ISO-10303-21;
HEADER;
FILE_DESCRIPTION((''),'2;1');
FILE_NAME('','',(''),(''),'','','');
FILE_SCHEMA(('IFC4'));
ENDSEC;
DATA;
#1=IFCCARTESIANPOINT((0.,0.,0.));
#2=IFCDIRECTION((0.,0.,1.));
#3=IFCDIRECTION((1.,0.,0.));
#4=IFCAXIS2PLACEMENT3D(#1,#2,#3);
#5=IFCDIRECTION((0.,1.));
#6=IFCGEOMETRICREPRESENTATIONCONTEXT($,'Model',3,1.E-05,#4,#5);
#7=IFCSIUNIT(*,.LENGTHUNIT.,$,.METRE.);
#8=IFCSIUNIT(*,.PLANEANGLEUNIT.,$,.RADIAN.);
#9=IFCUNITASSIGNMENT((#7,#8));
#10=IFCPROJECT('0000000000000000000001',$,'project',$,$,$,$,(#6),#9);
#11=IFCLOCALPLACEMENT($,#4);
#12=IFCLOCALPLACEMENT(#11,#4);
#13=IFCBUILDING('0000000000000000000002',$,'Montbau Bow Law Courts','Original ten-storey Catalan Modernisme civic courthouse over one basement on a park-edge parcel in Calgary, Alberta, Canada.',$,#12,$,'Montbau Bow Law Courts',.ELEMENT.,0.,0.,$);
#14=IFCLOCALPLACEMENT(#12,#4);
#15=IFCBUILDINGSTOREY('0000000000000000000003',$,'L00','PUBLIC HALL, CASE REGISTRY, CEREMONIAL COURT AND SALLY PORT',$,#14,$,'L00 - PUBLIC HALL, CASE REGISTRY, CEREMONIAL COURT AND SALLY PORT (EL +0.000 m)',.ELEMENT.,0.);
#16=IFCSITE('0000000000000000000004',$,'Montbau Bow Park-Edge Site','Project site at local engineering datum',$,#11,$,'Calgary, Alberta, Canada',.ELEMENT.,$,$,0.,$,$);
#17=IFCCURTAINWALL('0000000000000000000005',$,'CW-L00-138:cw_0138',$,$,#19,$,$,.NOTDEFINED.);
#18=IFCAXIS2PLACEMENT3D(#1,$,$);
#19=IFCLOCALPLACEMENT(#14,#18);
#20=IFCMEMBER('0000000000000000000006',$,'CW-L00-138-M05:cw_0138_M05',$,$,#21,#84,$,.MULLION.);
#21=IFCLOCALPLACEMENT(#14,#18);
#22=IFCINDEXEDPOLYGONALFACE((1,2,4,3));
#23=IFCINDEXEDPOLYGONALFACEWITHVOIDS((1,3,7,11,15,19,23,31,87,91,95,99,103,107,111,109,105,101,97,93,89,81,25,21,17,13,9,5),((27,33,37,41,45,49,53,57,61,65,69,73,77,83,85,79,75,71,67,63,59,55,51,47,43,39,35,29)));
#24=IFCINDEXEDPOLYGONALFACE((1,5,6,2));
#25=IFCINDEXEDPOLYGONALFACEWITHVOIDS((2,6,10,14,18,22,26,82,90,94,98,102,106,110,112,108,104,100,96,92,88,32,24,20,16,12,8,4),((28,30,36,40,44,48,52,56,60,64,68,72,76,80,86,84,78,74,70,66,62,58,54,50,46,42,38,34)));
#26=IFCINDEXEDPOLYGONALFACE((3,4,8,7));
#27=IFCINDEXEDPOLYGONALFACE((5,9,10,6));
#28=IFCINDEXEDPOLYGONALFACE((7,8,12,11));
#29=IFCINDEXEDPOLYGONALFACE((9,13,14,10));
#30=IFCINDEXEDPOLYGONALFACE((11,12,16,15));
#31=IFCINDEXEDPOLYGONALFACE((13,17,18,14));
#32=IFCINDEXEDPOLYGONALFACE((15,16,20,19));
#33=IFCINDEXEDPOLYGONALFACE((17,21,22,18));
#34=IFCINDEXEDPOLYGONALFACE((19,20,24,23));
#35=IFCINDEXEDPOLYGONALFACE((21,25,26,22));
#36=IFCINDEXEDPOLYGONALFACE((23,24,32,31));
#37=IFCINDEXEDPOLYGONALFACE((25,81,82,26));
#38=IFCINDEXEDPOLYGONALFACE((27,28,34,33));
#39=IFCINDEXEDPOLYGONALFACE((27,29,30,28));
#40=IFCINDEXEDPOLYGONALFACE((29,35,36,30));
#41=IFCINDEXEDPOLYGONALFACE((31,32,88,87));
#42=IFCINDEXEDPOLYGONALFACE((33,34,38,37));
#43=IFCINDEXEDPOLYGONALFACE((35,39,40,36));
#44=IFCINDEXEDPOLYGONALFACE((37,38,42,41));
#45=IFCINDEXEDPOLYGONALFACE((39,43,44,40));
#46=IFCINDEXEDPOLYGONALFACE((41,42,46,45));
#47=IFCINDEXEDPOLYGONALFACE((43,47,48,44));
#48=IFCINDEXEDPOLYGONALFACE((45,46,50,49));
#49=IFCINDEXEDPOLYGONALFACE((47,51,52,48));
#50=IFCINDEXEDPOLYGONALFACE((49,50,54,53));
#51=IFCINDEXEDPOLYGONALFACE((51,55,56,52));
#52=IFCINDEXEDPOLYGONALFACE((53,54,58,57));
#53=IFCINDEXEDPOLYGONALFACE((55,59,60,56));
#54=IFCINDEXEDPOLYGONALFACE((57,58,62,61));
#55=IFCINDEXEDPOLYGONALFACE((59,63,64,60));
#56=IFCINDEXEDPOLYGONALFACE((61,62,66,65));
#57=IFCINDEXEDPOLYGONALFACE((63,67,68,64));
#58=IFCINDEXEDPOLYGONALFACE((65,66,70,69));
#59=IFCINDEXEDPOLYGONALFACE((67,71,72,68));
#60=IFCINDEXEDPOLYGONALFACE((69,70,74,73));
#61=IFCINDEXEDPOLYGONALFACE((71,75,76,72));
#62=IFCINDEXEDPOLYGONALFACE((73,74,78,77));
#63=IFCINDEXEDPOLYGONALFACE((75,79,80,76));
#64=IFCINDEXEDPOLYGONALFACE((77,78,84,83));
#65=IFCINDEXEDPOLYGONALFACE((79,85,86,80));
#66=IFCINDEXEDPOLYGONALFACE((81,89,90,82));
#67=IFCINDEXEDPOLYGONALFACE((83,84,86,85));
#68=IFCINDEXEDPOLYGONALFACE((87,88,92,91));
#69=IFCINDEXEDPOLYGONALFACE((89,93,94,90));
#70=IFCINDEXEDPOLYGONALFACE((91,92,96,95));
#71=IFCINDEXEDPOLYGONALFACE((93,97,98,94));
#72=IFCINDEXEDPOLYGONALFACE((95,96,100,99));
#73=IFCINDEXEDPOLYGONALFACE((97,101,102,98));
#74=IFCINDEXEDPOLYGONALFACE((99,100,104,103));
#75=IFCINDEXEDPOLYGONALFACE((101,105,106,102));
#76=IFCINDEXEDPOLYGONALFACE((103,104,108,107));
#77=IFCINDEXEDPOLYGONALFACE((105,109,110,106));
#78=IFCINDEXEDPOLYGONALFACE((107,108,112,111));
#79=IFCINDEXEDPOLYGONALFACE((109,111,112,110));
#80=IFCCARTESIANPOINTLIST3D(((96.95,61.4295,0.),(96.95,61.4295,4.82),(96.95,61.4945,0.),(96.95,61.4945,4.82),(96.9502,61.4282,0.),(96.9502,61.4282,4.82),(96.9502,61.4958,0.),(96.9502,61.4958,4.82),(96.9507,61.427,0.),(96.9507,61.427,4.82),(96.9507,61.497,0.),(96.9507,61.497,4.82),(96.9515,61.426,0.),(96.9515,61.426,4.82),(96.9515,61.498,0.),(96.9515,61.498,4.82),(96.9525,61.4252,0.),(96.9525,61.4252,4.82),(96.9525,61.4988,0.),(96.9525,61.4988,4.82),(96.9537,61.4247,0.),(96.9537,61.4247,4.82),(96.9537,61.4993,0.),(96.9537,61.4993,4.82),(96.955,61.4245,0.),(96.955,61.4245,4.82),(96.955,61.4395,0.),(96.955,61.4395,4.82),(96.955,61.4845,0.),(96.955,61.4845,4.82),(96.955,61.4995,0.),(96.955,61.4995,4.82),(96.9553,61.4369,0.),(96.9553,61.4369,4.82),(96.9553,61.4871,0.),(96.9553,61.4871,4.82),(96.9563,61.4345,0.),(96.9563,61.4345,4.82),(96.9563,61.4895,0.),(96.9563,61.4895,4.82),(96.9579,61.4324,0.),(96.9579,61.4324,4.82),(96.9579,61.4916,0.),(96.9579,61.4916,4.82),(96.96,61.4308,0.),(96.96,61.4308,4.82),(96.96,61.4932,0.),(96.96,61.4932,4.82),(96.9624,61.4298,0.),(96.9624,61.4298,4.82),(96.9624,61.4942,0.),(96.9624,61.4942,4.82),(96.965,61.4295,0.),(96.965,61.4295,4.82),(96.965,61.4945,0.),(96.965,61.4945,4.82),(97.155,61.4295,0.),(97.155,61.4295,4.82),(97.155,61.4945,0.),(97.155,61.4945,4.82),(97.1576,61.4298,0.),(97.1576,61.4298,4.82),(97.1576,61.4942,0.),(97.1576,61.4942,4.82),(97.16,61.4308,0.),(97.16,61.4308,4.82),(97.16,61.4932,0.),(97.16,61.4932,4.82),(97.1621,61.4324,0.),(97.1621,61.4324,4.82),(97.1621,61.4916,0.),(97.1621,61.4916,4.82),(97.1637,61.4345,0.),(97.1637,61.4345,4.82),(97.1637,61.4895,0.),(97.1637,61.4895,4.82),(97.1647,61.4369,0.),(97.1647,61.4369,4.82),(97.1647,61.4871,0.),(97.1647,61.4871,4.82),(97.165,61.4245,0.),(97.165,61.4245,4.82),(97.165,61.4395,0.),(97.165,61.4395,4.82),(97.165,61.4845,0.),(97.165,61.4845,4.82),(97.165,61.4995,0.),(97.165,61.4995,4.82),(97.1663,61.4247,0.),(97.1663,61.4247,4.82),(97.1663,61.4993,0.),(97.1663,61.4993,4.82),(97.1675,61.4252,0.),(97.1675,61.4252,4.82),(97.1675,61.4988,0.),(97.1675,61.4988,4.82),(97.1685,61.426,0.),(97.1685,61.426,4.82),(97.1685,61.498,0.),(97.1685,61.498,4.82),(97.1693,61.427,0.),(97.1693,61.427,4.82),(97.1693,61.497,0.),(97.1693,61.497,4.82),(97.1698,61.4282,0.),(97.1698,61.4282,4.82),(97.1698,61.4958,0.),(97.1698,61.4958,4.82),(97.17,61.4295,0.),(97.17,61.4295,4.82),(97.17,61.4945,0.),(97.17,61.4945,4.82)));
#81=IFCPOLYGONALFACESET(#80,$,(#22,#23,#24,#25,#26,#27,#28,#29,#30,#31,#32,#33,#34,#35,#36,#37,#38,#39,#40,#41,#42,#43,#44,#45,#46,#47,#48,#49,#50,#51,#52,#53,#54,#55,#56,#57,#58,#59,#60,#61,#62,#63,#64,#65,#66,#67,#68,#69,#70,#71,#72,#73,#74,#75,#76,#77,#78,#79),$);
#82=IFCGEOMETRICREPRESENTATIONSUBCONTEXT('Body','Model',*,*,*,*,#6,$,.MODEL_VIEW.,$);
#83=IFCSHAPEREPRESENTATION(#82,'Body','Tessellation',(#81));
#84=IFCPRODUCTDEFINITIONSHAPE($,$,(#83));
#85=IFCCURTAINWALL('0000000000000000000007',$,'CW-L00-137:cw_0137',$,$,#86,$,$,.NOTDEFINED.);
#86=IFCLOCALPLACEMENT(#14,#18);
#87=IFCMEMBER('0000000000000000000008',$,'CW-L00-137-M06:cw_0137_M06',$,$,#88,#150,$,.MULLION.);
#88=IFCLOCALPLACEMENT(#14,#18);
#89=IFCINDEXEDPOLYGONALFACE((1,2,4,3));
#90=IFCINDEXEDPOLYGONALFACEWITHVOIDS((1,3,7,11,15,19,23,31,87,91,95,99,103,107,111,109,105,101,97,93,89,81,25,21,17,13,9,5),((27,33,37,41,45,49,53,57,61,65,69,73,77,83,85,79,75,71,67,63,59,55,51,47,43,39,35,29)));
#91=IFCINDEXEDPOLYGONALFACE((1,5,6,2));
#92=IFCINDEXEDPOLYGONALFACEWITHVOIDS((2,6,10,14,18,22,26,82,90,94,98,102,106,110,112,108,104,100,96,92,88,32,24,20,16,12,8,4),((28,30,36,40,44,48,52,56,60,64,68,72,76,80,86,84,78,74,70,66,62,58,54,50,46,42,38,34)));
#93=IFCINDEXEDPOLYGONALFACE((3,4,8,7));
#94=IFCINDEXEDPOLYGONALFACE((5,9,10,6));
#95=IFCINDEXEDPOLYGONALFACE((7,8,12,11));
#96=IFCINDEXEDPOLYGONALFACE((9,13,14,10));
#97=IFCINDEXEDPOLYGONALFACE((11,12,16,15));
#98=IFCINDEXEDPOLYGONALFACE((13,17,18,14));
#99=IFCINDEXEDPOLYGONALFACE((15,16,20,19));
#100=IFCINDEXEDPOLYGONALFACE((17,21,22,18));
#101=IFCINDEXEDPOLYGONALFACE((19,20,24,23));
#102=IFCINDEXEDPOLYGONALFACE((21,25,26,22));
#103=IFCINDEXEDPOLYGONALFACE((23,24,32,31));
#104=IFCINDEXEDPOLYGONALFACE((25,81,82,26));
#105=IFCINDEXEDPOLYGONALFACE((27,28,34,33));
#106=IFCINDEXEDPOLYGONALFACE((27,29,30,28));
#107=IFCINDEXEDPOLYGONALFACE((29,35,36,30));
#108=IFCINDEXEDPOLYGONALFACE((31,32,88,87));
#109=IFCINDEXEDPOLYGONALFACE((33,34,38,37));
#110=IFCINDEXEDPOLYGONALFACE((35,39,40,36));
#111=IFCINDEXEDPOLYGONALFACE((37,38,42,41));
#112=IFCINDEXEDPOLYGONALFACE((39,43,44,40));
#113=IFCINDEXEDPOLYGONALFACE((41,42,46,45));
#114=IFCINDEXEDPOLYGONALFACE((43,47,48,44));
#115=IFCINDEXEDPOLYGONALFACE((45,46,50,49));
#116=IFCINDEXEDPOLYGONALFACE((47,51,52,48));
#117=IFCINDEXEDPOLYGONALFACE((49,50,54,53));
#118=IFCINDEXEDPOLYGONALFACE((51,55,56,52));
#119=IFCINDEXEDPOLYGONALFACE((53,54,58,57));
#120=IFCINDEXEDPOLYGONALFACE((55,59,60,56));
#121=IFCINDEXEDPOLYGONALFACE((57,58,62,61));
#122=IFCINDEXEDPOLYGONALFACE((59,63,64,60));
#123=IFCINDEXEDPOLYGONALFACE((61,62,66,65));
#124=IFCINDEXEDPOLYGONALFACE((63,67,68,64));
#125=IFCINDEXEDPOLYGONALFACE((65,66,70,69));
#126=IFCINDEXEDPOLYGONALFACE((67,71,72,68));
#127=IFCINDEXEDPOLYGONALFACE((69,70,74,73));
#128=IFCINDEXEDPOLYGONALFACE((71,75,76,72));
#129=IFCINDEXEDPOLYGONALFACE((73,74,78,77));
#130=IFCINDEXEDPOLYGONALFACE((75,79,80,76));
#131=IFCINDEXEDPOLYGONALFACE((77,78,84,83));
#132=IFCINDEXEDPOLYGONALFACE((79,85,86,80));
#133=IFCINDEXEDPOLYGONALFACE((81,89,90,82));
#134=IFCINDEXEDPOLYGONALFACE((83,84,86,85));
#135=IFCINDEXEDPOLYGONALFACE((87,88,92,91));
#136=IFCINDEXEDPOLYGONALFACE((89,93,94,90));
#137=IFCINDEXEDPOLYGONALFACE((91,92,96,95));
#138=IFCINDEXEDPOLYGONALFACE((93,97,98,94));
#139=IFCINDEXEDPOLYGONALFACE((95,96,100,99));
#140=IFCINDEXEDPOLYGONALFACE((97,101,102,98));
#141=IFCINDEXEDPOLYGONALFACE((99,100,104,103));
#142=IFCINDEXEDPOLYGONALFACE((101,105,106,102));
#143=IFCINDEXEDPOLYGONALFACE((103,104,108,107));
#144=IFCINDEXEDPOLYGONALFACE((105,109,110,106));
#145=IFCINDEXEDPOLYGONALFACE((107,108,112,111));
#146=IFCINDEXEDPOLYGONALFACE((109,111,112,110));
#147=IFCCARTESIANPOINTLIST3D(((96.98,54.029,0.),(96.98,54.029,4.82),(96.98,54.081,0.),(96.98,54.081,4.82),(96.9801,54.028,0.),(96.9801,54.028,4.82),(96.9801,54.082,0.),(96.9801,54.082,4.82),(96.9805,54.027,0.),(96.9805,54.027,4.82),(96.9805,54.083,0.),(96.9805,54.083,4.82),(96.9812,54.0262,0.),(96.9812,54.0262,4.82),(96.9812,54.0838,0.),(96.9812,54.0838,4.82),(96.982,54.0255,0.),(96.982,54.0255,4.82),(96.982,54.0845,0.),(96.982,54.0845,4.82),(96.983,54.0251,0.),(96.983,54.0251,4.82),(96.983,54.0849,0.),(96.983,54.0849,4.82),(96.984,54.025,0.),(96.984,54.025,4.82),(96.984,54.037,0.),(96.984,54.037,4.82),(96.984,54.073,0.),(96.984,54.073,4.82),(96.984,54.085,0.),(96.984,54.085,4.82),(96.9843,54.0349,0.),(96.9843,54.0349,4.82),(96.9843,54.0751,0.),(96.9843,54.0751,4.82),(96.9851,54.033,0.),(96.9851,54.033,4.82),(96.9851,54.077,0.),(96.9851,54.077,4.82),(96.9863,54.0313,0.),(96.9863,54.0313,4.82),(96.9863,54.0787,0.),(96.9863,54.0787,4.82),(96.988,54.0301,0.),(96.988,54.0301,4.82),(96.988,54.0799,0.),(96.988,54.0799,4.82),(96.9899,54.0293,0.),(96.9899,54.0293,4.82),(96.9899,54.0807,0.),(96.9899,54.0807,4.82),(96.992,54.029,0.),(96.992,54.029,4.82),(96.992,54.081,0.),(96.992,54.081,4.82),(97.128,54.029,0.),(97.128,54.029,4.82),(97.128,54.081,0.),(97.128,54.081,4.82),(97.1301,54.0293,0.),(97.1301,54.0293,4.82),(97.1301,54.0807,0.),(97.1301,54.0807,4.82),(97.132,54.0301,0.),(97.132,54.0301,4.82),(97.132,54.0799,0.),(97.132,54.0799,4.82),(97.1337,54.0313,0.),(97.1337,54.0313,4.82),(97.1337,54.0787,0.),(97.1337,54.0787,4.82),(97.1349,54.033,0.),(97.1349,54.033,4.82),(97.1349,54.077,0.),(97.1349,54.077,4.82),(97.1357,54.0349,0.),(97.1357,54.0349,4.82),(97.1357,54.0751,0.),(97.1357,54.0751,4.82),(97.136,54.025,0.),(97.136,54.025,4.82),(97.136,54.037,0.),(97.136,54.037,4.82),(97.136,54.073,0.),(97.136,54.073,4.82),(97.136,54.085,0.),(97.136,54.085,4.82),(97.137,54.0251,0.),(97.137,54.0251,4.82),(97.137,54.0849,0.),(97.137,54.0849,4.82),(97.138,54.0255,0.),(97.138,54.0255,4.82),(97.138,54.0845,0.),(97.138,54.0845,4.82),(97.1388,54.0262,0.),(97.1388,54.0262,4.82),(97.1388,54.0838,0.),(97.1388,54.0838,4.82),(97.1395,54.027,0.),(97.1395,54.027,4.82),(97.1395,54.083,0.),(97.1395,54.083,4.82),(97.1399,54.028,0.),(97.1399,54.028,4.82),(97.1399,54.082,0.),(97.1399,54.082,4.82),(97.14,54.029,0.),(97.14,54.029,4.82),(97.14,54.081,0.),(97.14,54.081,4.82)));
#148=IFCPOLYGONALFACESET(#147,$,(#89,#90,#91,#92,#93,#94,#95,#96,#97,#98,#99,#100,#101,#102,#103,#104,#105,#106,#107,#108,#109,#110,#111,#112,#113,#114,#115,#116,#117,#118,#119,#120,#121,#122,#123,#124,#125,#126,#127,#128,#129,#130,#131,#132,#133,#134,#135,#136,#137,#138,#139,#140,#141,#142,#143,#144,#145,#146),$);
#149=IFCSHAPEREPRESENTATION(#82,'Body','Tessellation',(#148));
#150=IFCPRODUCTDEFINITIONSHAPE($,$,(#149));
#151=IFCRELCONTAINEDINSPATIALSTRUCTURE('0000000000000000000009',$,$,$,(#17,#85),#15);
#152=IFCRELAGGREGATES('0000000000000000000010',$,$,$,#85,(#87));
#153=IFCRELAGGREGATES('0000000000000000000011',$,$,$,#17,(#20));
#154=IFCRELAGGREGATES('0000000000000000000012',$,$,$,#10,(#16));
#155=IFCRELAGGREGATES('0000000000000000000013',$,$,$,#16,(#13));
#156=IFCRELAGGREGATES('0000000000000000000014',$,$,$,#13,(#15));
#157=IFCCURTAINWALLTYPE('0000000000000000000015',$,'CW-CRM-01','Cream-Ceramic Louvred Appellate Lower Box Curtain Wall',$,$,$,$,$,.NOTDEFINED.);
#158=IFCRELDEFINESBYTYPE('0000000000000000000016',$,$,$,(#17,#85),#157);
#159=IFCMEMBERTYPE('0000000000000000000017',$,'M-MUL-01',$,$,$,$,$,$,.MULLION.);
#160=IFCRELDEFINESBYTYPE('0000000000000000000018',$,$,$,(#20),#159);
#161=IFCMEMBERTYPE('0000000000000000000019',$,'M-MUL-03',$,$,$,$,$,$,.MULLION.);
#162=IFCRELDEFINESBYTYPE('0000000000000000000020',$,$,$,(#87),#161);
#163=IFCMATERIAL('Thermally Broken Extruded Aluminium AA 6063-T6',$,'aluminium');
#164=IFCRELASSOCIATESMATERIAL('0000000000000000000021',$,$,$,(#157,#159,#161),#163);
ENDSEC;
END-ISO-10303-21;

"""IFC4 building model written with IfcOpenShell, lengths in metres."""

from ifc_helpers import new_model, si_unit, direction, frame, origin_with_axes, origin_2d_with_axis, place, context, subcontext, project, spatial, hollow_rectangle, extrude, material, material_profile, profile_set, type_object, element, aggregate, save


model = new_model("IFC4")

# Units and contexts
model_context = context("Model", 3, precision=1e-05, world=origin_with_axes(), true_north=direction((0.0, 1.0)))
body_context = subcontext(model_context, "Body", "Model", "MODEL_VIEW")
ifc_project = project(units=[si_unit("LENGTHUNIT", "METRE"), si_unit("PLANEANGLEUNIT", "RADIAN")], contexts=[model_context])

# Site, building, storey
site_placement = place(None, origin_with_axes())
site = spatial("IfcSite", under=ifc_project, at=site_placement, Name="Montbau Bow Park-Edge Site", Description="Project site at local engineering datum", LongName="Calgary, Alberta, Canada", CompositionType="ELEMENT", RefElevation=0.0)
building_placement = place(site_placement, origin_with_axes())
building = spatial("IfcBuilding", under=site, at=building_placement, Name="Montbau Bow Law Courts", Description="Original ten-storey Catalan Modernisme civic courthouse over one basement on a park-edge parcel in Calgary, Alberta, Canada.", LongName="Montbau Bow Law Courts", CompositionType="ELEMENT", ElevationOfRefHeight=0.0, ElevationOfTerrain=0.0)
storey_placement = place(building_placement, origin_with_axes())
storey = spatial("IfcBuildingStorey", under=building, at=storey_placement, Name="L00", Description="PUBLIC HALL, CASE REGISTRY, CEREMONIAL COURT AND SALLY PORT", LongName="L00 - PUBLIC HALL, CASE REGISTRY, CEREMONIAL COURT AND SALLY PORT (EL +0.000 m)", CompositionType="ELEMENT", Elevation=0.0)

# Curtain wall, member
ifc_material_1 = material(Name="Thermally Broken Extruded Aluminium AA 6063-T6", Category="aluminium")
curtain_wall_type = type_object("IfcCurtainWallType", Name="CW-CRM-01", Description="Cream-Ceramic Louvred Appellate Lower Box Curtain Wall", PredefinedType="NOTDEFINED", material=ifc_material_1)
curtain_wall_1_placement = place(None, frame((97.06, 55.115, 0.0), z_axis=(0.0, 0.0, 1.0), x_axis=(1.0, 0.0, 0.0)))
curtain_wall_1 = element("IfcCurtainWall", 1, at=curtain_wall_1_placement, inside=storey, type_object=curtain_wall_type, Name="CW-L00-138:cw_0138", PredefinedType="NOTDEFINED")
ifc_material_profile_1 = material_profile(ifc_material_1, hollow_rectangle(XDim=0.075, YDim=0.22, WallThickness=0.005, InnerFilletRadius=0.01, OuterFilletRadius=0.005, at=origin_2d_with_axis()), Name="CWM-220X75", Category="Main", Priority=0)
ifc_profile_set_1 = profile_set([ifc_material_profile_1], Name="Thermally Broken Extruded Aluminium AA 6063-T6")
member_type_1 = type_object("IfcMemberType", Name="M-MUL-01", PredefinedType="MULLION", material=ifc_profile_set_1)
member_1_placement = place(None, frame((97.06, 61.462, 0.0), z_axis=(0.0, 0.0, 1.0), x_axis=(0.0, 1.0, 0.0)))
member_1 = element("IfcMember", 2, at=member_1_placement, type_object=member_type_1, Name="CW-L00-138-M05:cw_0138_M05", PredefinedType="MULLION", context=body_context, shape_type="SweptSolid", body=[
    extrude(hollow_rectangle(XDim=0.075, YDim=0.22, WallThickness=0.005, InnerFilletRadius=0.01, OuterFilletRadius=0.005, at=origin_2d_with_axis()), origin_with_axes(), (0.0, 0.0, 1.0), 4.82),
])

# Curtain wall, member
curtain_wall_2_placement = place(None, frame((97.06, 46.715, 0.0), z_axis=(0.0, 0.0, 1.0), x_axis=(1.0, 0.0, 0.0)))
curtain_wall_2 = element("IfcCurtainWall", 3, at=curtain_wall_2_placement, inside=storey, type_object=curtain_wall_type, Name="CW-L00-137:cw_0137", PredefinedType="NOTDEFINED")
ifc_material_profile_2 = material_profile(ifc_material_1, hollow_rectangle(XDim=0.06, YDim=0.16, WallThickness=0.004, InnerFilletRadius=0.008, OuterFilletRadius=0.004, at=origin_2d_with_axis()), Name="CWM-160X60", Category="Main", Priority=0)
ifc_profile_set_2 = profile_set([ifc_material_profile_2], Name="Thermally Broken Extruded Aluminium AA 6063-T6")
member_type_2 = type_object("IfcMemberType", Name="M-MUL-03", PredefinedType="MULLION", material=ifc_profile_set_2)
member_2_placement = place(None, frame((97.06, 54.055, 0.0), z_axis=(0.0, 0.0, 1.0), x_axis=(0.0, 1.0, 0.0)))
member_2 = element("IfcMember", 4, at=member_2_placement, type_object=member_type_2, Name="CW-L00-137-M06:cw_0137_M06", PredefinedType="MULLION", context=body_context, shape_type="SweptSolid", body=[
    extrude(hollow_rectangle(XDim=0.06, YDim=0.16, WallThickness=0.004, InnerFilletRadius=0.008, OuterFilletRadius=0.004, at=origin_2d_with_axis()), origin_with_axes(), (0.0, 0.0, 1.0), 4.82),
])
aggregate(curtain_wall_2, [member_2])

aggregate(curtain_wall_1, [member_1])

save(model, "model.ifc")
